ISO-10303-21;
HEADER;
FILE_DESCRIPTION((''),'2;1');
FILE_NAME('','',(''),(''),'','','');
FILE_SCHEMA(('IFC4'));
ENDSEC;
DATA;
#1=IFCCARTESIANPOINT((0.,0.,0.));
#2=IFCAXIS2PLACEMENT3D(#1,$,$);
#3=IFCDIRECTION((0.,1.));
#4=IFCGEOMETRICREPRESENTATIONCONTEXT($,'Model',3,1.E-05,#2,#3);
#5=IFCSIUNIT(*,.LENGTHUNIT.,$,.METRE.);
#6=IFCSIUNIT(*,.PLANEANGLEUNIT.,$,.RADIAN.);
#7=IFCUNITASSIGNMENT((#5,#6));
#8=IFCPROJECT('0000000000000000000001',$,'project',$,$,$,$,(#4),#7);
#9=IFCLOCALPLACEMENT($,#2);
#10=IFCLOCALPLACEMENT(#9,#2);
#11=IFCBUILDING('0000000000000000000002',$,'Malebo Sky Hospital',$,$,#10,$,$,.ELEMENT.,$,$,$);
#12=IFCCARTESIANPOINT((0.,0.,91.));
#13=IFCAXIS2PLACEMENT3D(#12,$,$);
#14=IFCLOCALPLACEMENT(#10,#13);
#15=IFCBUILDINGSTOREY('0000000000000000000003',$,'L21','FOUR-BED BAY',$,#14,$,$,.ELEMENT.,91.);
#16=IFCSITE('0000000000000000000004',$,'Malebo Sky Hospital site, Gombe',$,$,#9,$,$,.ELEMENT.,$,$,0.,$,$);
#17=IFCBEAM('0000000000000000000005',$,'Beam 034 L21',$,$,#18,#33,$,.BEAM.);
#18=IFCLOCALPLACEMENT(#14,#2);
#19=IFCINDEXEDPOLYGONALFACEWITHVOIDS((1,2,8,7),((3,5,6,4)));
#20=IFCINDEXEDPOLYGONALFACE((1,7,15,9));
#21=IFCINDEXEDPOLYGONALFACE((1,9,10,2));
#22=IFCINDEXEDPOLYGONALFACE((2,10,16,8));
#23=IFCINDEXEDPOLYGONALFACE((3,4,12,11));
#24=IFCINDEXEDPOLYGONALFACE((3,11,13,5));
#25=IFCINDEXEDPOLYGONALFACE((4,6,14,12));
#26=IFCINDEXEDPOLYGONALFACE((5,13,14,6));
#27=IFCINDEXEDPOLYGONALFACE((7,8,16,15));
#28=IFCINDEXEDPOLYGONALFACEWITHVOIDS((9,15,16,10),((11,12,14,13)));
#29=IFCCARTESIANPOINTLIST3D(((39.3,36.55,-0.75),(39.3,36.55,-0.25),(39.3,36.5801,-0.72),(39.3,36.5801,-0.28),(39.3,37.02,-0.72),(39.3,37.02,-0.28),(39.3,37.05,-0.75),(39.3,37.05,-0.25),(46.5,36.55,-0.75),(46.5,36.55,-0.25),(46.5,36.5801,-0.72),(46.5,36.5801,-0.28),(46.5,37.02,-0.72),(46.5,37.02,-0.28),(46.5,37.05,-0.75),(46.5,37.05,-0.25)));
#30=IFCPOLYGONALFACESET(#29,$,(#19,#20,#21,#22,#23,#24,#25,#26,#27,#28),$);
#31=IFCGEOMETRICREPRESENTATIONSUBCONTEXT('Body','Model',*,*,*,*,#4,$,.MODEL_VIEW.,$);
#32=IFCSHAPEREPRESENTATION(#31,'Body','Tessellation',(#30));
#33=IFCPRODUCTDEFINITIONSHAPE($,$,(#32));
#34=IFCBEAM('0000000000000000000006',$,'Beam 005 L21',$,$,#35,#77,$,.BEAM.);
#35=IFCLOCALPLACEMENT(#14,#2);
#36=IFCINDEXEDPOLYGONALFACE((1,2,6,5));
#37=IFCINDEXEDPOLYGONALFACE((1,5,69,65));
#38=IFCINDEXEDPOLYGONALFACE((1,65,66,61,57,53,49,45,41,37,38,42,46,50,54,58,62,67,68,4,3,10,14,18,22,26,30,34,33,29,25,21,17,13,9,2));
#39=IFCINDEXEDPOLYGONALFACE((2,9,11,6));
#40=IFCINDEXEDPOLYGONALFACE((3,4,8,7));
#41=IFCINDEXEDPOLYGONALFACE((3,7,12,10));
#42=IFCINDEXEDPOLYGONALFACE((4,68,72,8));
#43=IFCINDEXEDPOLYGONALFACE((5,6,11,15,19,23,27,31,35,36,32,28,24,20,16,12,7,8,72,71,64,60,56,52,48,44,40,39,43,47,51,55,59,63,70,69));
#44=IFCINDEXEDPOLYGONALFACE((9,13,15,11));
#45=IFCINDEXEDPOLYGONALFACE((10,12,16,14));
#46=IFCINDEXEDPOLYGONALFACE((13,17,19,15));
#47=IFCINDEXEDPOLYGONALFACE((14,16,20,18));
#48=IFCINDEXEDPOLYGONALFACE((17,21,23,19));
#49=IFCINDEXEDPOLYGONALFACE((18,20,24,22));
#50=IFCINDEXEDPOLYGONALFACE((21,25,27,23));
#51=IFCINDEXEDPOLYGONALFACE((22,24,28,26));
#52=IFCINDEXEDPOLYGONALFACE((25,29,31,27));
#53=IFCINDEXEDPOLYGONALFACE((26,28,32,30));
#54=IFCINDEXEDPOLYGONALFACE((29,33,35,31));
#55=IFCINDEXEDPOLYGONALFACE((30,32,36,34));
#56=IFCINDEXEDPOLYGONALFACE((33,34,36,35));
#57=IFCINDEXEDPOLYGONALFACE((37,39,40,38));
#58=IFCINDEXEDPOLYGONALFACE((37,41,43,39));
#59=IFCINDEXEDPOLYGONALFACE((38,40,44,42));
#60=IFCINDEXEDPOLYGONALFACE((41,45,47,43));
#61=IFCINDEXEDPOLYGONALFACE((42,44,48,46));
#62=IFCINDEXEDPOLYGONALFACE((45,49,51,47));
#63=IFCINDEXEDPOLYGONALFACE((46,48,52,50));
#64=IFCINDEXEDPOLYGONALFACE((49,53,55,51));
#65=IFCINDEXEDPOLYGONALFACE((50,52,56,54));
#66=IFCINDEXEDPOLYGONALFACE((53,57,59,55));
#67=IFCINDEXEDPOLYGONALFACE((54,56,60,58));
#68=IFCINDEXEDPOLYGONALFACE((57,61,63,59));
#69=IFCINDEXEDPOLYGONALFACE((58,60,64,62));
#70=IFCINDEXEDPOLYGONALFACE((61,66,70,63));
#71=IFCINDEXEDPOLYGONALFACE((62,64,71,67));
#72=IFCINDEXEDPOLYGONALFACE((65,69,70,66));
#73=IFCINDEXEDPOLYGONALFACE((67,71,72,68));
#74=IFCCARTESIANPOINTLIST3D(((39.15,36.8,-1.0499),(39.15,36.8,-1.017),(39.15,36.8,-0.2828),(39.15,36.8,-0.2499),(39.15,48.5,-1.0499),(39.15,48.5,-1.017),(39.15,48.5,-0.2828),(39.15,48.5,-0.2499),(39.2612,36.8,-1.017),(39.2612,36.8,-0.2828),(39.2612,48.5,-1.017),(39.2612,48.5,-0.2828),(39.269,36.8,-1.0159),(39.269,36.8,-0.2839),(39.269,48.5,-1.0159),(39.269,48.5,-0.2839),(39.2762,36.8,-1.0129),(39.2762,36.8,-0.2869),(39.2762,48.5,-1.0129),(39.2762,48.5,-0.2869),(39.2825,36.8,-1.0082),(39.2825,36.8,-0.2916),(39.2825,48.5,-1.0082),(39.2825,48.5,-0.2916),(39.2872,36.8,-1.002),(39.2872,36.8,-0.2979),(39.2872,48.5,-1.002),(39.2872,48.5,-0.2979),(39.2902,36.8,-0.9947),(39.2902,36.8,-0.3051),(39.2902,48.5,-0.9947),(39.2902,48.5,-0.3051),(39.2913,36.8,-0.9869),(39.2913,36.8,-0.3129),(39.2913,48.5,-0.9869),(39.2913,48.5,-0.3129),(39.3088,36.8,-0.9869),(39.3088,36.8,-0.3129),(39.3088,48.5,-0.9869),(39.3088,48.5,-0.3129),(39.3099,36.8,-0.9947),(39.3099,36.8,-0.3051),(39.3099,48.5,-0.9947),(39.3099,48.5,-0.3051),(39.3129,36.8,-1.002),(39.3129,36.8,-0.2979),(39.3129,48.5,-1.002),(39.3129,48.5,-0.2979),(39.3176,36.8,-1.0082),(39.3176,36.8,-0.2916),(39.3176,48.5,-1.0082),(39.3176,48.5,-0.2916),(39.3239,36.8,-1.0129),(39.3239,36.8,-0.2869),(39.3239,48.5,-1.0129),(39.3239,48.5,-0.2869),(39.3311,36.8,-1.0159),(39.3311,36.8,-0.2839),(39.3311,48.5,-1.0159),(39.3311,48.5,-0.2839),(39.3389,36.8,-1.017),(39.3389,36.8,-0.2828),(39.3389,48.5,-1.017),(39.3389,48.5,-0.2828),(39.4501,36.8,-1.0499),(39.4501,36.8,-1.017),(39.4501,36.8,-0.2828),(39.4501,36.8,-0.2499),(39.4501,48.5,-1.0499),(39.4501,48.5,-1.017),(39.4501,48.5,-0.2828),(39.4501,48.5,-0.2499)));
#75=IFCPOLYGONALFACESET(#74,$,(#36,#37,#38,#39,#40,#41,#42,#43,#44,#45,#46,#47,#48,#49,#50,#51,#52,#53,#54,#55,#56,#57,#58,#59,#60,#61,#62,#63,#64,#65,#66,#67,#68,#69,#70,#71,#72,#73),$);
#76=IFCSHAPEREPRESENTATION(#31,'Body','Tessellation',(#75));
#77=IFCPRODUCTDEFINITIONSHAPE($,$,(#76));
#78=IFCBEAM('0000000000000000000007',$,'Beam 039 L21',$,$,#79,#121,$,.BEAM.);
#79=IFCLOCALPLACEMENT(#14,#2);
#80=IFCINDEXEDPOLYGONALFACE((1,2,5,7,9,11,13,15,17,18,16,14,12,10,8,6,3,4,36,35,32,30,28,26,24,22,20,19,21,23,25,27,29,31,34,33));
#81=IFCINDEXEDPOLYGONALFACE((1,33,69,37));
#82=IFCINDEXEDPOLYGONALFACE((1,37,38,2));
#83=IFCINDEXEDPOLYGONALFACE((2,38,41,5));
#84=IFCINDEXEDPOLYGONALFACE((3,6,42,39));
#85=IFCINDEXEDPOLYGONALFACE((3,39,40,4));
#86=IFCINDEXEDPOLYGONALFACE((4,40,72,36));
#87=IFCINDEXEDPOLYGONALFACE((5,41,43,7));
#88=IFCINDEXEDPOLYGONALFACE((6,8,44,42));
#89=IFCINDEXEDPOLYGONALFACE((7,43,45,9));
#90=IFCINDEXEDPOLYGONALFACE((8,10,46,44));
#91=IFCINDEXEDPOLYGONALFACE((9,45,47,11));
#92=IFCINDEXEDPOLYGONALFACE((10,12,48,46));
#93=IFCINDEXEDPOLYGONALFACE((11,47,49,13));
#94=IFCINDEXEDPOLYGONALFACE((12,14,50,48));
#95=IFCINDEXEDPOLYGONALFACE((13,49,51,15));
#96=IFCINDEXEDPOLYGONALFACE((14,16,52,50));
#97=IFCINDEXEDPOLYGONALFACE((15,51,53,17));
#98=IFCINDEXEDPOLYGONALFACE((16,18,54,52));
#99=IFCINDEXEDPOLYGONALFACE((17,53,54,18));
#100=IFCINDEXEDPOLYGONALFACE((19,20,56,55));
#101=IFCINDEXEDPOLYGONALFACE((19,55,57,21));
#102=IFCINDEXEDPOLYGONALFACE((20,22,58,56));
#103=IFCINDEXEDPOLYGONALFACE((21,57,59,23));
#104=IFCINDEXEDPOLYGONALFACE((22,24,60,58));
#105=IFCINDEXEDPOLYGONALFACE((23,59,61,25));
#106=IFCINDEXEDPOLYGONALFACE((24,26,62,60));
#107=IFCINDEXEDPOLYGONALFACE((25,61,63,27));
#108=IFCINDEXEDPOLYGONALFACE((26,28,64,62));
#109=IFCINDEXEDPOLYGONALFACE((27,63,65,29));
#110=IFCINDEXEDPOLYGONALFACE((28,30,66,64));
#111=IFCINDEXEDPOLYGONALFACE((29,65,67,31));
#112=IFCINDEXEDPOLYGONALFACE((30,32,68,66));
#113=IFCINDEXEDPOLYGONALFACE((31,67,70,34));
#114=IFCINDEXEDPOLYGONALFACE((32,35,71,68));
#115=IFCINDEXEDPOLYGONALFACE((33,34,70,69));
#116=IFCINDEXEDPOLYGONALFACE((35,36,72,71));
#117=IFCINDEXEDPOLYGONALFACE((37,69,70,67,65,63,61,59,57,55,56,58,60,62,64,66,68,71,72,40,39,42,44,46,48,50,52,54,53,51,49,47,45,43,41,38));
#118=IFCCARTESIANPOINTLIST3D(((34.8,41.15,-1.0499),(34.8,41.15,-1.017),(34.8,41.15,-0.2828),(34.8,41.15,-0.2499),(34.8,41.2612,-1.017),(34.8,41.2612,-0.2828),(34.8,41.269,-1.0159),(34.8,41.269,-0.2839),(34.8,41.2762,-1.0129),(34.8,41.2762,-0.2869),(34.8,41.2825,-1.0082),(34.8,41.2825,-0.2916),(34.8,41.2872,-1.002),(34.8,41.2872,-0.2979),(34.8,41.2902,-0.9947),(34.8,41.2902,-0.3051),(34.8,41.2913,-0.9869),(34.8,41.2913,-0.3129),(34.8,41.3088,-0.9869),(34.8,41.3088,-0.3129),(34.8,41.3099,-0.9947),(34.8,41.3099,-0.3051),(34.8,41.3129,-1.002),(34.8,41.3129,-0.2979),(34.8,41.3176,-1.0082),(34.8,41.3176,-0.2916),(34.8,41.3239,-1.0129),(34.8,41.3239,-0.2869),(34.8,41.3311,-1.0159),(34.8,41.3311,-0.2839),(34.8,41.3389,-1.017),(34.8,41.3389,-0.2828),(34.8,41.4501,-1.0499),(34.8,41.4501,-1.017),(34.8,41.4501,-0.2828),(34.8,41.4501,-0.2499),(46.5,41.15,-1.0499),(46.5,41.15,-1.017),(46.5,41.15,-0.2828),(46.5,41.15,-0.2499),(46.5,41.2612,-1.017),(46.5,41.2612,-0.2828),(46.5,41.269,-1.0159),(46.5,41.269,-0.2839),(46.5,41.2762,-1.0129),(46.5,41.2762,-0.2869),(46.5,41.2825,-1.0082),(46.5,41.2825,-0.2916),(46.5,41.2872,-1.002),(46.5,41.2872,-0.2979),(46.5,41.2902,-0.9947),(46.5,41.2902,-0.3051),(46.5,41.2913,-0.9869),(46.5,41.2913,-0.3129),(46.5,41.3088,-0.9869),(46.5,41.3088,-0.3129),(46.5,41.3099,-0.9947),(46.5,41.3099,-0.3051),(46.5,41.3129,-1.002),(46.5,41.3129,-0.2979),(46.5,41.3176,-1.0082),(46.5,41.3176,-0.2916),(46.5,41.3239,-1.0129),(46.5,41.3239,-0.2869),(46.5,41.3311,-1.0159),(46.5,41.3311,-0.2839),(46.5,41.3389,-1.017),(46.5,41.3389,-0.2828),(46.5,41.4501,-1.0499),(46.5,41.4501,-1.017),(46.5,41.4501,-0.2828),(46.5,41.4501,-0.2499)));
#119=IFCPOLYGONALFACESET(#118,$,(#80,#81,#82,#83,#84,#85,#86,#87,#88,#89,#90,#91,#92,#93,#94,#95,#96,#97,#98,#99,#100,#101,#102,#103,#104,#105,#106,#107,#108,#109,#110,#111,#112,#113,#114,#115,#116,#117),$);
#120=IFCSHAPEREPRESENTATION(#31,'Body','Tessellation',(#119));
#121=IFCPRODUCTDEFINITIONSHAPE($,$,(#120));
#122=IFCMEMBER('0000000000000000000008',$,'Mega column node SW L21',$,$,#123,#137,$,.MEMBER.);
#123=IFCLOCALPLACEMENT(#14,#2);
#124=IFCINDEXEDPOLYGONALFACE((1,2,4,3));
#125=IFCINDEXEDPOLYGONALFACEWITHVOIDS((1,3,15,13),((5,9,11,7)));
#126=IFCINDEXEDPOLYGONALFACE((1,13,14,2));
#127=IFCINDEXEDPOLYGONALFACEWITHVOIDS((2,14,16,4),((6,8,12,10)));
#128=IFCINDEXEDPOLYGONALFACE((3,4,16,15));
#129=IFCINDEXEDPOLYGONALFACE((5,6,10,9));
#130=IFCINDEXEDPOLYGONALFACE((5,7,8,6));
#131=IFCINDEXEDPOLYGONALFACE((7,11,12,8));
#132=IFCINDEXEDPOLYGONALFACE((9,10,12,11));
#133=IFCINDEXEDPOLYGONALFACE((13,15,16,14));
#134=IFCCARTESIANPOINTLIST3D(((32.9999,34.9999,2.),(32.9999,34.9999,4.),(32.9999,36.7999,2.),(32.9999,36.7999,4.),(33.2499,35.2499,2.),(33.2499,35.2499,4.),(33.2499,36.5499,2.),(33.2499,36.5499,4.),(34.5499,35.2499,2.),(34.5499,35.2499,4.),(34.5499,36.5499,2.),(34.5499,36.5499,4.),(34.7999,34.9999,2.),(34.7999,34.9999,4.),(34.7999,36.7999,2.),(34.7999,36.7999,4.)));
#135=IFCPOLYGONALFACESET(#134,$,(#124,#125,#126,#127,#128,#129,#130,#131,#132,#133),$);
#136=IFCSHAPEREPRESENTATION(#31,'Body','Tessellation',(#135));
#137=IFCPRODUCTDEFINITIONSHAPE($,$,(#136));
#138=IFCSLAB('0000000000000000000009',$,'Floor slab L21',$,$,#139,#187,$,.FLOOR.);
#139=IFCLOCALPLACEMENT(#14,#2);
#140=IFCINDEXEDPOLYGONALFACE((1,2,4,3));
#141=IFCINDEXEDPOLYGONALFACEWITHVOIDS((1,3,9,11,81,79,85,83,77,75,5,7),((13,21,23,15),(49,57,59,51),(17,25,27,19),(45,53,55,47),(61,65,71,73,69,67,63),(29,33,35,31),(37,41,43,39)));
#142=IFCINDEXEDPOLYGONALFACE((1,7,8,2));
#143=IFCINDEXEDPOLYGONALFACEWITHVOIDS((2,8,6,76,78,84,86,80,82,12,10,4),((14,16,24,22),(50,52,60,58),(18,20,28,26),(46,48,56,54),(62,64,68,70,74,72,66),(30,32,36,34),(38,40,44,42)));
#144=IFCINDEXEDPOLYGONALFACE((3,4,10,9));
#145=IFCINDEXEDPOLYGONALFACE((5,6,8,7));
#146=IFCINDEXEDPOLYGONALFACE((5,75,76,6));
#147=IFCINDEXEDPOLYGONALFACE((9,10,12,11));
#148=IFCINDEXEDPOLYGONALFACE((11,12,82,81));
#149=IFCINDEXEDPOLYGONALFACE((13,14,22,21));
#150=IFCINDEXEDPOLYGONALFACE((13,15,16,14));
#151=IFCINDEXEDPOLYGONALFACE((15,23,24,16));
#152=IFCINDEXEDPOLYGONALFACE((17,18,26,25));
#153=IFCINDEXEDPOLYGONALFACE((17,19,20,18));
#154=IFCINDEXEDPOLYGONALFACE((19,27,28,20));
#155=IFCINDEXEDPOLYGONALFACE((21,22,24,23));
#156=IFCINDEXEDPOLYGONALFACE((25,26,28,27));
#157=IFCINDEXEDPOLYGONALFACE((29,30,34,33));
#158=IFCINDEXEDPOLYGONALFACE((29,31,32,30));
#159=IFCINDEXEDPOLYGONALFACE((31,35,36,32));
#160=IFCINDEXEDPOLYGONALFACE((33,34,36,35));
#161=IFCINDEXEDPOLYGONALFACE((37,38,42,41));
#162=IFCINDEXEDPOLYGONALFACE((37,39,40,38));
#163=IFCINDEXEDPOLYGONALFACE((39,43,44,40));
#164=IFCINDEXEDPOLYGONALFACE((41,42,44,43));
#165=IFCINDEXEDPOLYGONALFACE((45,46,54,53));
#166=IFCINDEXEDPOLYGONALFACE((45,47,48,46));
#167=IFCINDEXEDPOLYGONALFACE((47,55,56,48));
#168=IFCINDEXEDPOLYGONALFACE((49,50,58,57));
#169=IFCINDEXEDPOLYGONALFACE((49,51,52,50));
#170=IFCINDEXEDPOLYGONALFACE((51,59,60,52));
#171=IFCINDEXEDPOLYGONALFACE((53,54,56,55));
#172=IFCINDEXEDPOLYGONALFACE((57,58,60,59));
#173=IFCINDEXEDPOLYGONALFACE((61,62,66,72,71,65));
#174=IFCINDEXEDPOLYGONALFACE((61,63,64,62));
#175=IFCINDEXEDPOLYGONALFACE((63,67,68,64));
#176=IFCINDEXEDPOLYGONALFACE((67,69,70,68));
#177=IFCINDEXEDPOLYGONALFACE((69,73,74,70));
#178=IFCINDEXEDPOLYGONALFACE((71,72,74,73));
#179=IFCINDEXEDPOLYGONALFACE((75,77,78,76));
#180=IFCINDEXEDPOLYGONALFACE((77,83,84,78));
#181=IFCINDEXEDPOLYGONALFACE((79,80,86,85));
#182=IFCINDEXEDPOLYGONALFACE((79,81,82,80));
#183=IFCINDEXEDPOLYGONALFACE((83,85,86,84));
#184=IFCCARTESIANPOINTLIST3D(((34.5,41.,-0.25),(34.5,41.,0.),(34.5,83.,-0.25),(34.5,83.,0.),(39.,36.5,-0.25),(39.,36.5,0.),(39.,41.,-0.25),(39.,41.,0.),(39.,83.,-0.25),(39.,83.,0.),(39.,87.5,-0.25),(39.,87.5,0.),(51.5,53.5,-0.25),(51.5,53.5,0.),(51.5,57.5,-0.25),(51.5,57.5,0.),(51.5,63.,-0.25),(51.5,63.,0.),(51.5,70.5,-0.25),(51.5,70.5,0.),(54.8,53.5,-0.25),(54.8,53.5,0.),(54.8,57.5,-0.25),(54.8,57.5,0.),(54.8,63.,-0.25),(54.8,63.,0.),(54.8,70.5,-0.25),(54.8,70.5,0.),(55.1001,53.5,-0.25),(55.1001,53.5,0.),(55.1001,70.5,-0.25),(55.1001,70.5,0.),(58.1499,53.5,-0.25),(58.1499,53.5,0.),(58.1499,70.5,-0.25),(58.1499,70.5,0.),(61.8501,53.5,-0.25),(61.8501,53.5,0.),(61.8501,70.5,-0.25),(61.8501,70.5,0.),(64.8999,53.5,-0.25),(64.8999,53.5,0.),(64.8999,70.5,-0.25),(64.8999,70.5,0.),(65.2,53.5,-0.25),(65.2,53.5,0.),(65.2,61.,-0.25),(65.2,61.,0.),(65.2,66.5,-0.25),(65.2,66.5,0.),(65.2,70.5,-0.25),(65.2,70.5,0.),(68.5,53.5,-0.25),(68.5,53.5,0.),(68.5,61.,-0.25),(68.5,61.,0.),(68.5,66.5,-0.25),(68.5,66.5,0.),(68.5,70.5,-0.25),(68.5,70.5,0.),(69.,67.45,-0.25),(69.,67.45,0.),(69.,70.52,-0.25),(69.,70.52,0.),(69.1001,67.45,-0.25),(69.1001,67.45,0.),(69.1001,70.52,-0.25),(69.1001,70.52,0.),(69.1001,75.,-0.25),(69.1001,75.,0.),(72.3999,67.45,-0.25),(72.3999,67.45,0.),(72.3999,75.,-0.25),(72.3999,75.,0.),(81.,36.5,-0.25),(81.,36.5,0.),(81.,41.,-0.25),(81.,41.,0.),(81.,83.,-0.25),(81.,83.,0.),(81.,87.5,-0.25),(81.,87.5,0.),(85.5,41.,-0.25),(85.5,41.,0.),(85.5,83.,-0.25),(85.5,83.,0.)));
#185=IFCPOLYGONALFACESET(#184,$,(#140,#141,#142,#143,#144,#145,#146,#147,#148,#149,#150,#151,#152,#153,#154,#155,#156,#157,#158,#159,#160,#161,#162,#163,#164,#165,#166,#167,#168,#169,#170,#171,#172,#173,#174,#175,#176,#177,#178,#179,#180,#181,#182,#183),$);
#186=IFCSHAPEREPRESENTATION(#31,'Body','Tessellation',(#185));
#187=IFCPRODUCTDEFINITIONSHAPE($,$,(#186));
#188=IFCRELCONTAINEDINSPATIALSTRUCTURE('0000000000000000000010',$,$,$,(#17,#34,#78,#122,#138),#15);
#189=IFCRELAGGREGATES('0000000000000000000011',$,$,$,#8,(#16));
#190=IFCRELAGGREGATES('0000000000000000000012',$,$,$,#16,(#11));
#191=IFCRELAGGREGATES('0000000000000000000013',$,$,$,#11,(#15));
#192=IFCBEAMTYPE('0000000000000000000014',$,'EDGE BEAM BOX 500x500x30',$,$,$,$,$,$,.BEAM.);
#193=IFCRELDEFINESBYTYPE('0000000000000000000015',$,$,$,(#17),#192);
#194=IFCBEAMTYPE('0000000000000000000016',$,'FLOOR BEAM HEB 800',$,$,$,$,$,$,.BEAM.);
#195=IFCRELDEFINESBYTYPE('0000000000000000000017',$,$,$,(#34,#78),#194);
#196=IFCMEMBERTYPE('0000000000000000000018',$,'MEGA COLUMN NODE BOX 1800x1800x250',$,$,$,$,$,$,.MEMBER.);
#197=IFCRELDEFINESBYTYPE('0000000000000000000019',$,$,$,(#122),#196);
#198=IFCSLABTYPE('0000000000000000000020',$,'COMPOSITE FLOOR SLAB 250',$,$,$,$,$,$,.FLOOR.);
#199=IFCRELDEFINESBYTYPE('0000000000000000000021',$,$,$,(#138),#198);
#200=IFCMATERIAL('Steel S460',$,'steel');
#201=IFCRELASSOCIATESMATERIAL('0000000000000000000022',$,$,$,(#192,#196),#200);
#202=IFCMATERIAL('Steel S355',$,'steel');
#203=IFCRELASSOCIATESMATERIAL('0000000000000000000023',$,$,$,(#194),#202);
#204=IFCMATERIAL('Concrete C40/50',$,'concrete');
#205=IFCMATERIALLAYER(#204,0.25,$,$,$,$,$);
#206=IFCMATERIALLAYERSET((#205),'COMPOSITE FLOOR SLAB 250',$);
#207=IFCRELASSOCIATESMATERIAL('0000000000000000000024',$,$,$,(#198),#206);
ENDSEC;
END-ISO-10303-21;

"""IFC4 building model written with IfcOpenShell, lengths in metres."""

from ifc_helpers import new_model, si_unit, direction, frame, origin, origin_2d, place, context, subcontext, project, spatial, polyline, hollow_rectangle, i_section, outline, extrude, material, layer, layer_set, material_profile, profile_set, type_object, element, save


model = new_model("IFC4")

# Units and contexts
model_context = context("Model", 3, precision=1e-05, world=origin(), true_north=direction((0.0, 1.0)))
body_context = subcontext(model_context, "Body", "Model", "MODEL_VIEW")
ifc_project = project(units=[si_unit("LENGTHUNIT", "METRE"), si_unit("PLANEANGLEUNIT", "RADIAN")], contexts=[model_context])

# Site, building, storey
site_placement = place(None, origin())
site = spatial("IfcSite", under=ifc_project, at=site_placement, Name="Malebo Sky Hospital site, Gombe", CompositionType="ELEMENT", RefElevation=0.0)
building_placement = place(site_placement, origin())
building = spatial("IfcBuilding", under=site, at=building_placement, Name="Malebo Sky Hospital", CompositionType="ELEMENT")
storey_placement = place(building_placement, frame((0.0, 0.0, 91.0)))
storey = spatial("IfcBuildingStorey", under=building, at=storey_placement, Name="L21", Description="FOUR-BED BAY", CompositionType="ELEMENT", Elevation=91.0)

# Shared definitions
ifc_material_1 = material(Name="Steel S460", Category="steel")

# Shared definitions
ifc_material_2 = material(Name="Steel S355", Category="steel")

# Beams
ifc_material_profile_1 = material_profile(ifc_material_1, hollow_rectangle(XDim=0.5, YDim=0.5, WallThickness=0.03, at=origin_2d()), Name="BOX 500x500x30")
ifc_profile_set_1 = profile_set([ifc_material_profile_1], Name="Steel S460")
beam_type_1 = type_object("IfcBeamType", Name="EDGE BEAM BOX 500x500x30", PredefinedType="BEAM", material=ifc_profile_set_1)
for number, where, z_axis, x_axis, name in (
    (1, (39.3, 36.8, -0.5), (1.0, 0.0, 0.0), (0.0, 1.0, 0.0), "Beam 034 L21"),
):
    element("IfcBeam", number, at=place(storey_placement, frame(where, z_axis=z_axis, x_axis=x_axis)), inside=storey, type_object=beam_type_1, Name=name, PredefinedType="BEAM", context=body_context, shape_type="SweptSolid", body=[
        extrude(hollow_rectangle(XDim=0.5, YDim=0.5, WallThickness=0.03, at=origin_2d()), origin(), (0.0, 0.0, 1.0), 7.2),
    ])
ifc_material_profile_2 = material_profile(ifc_material_2, i_section(OverallWidth=0.3, OverallDepth=0.8, WebThickness=0.0176, FlangeThickness=0.033, FilletRadius=0.03, at=origin_2d()), Name="HEB 800")
ifc_profile_set_2 = profile_set([ifc_material_profile_2], Name="Steel S355")
beam_type_2 = type_object("IfcBeamType", Name="FLOOR BEAM HEB 800", PredefinedType="BEAM", material=ifc_profile_set_2)
for number, where, z_axis, x_axis, name in (
    (2, (39.3, 36.8, -0.6499), (0.0, 1.0, 0.0), (-1.0, 0.0, 0.0), "Beam 005 L21"),
    (3, (34.8, 41.3, -0.6499), (1.0, 0.0, 0.0), (0.0, 1.0, 0.0), "Beam 039 L21"),
):
    element("IfcBeam", number, at=place(storey_placement, frame(where, z_axis=z_axis, x_axis=x_axis)), inside=storey, type_object=beam_type_2, Name=name, PredefinedType="BEAM", context=body_context, shape_type="SweptSolid", body=[
        extrude(i_section(OverallWidth=0.3, OverallDepth=0.8, WebThickness=0.0176, FlangeThickness=0.033, FilletRadius=0.03, at=origin_2d()), origin(), (0.0, 0.0, 1.0), 11.7),
    ])

# Member
ifc_material_profile_3 = material_profile(ifc_material_1, hollow_rectangle(XDim=1.8, YDim=1.8, WallThickness=0.25, at=origin_2d()), Name="BOX 1800x1800x250")
ifc_profile_set_3 = profile_set([ifc_material_profile_3], Name="Steel S460")
member_type_1 = type_object("IfcMemberType", Name="MEGA COLUMN NODE BOX 1800x1800x250", PredefinedType="MEMBER", material=ifc_profile_set_3)
member_1_placement = place(storey_placement, frame((33.8999, 35.8999, 2.0), z_axis=(0.0, 0.0, 1.0), x_axis=(1.0, 0.0, 0.0)))
element("IfcMember", 4, at=member_1_placement, inside=storey, type_object=member_type_1, Name="Mega column node SW L21", PredefinedType="MEMBER", context=body_context, shape_type="SweptSolid", body=[
    extrude(hollow_rectangle(XDim=1.8, YDim=1.8, WallThickness=0.25, at=origin_2d()), origin(), (0.0, 0.0, 1.0), 2.0),
])

# Slab
ifc_material_3 = material(Name="Concrete C40/50", Category="concrete")
ifc_layer_1 = layer(ifc_material_3, 0.25)
ifc_layer_set_1 = layer_set([ifc_layer_1], Name="COMPOSITE FLOOR SLAB 250")
slab_type_1 = type_object("IfcSlabType", Name="COMPOSITE FLOOR SLAB 250", PredefinedType="FLOOR", material=ifc_layer_set_1)
slab_1_placement = place(storey_placement, frame((0.0, 0.0, -0.25)))
element("IfcSlab", 5, at=slab_1_placement, inside=storey, type_object=slab_type_1, Name="Floor slab L21", PredefinedType="FLOOR", context=body_context, shape_type="SweptSolid", body=[
    extrude(outline(polyline([(39.0, 87.5), (39.0, 83.0), (34.5, 83.0), (34.5, 41.0), (39.0, 41.0), (39.0, 36.5), (81.0, 36.5), (81.0, 41.0), (85.5, 41.0), (85.5, 83.0), (81.0, 83.0), (81.0, 87.5), (39.0, 87.5)]), holes=[polyline([(55.1001, 70.5), (58.1499, 70.5), (58.1499, 53.5), (55.1001, 53.5), (55.1001, 70.5)]), polyline([(64.8999, 70.5), (64.8999, 53.5), (61.8501, 53.5), (61.8501, 70.5), (64.8999, 70.5)]), polyline([(54.8, 63.0), (51.5, 63.0), (51.5, 70.5), (54.8, 70.5), (54.8, 63.0)]), polyline([(51.5, 53.5), (51.5, 57.5), (54.8, 57.5), (54.8, 53.5), (51.5, 53.5)]), polyline([(65.2, 61.0), (68.5, 61.0), (68.5, 53.5), (65.2, 53.5), (65.2, 61.0)]), polyline([(68.5, 70.5), (68.5, 66.5), (65.2, 66.5), (65.2, 70.5), (68.5, 70.5)]), polyline([(69.0, 67.45), (69.0, 70.52), (69.1001, 70.52), (69.1001, 75.0), (72.3999, 75.0), (72.3999, 67.45), (69.1001, 67.45), (69.0, 67.45)])]), origin(), (0.0, 0.0, 1.0), 0.25),
])

save(model, "model.ifc")
